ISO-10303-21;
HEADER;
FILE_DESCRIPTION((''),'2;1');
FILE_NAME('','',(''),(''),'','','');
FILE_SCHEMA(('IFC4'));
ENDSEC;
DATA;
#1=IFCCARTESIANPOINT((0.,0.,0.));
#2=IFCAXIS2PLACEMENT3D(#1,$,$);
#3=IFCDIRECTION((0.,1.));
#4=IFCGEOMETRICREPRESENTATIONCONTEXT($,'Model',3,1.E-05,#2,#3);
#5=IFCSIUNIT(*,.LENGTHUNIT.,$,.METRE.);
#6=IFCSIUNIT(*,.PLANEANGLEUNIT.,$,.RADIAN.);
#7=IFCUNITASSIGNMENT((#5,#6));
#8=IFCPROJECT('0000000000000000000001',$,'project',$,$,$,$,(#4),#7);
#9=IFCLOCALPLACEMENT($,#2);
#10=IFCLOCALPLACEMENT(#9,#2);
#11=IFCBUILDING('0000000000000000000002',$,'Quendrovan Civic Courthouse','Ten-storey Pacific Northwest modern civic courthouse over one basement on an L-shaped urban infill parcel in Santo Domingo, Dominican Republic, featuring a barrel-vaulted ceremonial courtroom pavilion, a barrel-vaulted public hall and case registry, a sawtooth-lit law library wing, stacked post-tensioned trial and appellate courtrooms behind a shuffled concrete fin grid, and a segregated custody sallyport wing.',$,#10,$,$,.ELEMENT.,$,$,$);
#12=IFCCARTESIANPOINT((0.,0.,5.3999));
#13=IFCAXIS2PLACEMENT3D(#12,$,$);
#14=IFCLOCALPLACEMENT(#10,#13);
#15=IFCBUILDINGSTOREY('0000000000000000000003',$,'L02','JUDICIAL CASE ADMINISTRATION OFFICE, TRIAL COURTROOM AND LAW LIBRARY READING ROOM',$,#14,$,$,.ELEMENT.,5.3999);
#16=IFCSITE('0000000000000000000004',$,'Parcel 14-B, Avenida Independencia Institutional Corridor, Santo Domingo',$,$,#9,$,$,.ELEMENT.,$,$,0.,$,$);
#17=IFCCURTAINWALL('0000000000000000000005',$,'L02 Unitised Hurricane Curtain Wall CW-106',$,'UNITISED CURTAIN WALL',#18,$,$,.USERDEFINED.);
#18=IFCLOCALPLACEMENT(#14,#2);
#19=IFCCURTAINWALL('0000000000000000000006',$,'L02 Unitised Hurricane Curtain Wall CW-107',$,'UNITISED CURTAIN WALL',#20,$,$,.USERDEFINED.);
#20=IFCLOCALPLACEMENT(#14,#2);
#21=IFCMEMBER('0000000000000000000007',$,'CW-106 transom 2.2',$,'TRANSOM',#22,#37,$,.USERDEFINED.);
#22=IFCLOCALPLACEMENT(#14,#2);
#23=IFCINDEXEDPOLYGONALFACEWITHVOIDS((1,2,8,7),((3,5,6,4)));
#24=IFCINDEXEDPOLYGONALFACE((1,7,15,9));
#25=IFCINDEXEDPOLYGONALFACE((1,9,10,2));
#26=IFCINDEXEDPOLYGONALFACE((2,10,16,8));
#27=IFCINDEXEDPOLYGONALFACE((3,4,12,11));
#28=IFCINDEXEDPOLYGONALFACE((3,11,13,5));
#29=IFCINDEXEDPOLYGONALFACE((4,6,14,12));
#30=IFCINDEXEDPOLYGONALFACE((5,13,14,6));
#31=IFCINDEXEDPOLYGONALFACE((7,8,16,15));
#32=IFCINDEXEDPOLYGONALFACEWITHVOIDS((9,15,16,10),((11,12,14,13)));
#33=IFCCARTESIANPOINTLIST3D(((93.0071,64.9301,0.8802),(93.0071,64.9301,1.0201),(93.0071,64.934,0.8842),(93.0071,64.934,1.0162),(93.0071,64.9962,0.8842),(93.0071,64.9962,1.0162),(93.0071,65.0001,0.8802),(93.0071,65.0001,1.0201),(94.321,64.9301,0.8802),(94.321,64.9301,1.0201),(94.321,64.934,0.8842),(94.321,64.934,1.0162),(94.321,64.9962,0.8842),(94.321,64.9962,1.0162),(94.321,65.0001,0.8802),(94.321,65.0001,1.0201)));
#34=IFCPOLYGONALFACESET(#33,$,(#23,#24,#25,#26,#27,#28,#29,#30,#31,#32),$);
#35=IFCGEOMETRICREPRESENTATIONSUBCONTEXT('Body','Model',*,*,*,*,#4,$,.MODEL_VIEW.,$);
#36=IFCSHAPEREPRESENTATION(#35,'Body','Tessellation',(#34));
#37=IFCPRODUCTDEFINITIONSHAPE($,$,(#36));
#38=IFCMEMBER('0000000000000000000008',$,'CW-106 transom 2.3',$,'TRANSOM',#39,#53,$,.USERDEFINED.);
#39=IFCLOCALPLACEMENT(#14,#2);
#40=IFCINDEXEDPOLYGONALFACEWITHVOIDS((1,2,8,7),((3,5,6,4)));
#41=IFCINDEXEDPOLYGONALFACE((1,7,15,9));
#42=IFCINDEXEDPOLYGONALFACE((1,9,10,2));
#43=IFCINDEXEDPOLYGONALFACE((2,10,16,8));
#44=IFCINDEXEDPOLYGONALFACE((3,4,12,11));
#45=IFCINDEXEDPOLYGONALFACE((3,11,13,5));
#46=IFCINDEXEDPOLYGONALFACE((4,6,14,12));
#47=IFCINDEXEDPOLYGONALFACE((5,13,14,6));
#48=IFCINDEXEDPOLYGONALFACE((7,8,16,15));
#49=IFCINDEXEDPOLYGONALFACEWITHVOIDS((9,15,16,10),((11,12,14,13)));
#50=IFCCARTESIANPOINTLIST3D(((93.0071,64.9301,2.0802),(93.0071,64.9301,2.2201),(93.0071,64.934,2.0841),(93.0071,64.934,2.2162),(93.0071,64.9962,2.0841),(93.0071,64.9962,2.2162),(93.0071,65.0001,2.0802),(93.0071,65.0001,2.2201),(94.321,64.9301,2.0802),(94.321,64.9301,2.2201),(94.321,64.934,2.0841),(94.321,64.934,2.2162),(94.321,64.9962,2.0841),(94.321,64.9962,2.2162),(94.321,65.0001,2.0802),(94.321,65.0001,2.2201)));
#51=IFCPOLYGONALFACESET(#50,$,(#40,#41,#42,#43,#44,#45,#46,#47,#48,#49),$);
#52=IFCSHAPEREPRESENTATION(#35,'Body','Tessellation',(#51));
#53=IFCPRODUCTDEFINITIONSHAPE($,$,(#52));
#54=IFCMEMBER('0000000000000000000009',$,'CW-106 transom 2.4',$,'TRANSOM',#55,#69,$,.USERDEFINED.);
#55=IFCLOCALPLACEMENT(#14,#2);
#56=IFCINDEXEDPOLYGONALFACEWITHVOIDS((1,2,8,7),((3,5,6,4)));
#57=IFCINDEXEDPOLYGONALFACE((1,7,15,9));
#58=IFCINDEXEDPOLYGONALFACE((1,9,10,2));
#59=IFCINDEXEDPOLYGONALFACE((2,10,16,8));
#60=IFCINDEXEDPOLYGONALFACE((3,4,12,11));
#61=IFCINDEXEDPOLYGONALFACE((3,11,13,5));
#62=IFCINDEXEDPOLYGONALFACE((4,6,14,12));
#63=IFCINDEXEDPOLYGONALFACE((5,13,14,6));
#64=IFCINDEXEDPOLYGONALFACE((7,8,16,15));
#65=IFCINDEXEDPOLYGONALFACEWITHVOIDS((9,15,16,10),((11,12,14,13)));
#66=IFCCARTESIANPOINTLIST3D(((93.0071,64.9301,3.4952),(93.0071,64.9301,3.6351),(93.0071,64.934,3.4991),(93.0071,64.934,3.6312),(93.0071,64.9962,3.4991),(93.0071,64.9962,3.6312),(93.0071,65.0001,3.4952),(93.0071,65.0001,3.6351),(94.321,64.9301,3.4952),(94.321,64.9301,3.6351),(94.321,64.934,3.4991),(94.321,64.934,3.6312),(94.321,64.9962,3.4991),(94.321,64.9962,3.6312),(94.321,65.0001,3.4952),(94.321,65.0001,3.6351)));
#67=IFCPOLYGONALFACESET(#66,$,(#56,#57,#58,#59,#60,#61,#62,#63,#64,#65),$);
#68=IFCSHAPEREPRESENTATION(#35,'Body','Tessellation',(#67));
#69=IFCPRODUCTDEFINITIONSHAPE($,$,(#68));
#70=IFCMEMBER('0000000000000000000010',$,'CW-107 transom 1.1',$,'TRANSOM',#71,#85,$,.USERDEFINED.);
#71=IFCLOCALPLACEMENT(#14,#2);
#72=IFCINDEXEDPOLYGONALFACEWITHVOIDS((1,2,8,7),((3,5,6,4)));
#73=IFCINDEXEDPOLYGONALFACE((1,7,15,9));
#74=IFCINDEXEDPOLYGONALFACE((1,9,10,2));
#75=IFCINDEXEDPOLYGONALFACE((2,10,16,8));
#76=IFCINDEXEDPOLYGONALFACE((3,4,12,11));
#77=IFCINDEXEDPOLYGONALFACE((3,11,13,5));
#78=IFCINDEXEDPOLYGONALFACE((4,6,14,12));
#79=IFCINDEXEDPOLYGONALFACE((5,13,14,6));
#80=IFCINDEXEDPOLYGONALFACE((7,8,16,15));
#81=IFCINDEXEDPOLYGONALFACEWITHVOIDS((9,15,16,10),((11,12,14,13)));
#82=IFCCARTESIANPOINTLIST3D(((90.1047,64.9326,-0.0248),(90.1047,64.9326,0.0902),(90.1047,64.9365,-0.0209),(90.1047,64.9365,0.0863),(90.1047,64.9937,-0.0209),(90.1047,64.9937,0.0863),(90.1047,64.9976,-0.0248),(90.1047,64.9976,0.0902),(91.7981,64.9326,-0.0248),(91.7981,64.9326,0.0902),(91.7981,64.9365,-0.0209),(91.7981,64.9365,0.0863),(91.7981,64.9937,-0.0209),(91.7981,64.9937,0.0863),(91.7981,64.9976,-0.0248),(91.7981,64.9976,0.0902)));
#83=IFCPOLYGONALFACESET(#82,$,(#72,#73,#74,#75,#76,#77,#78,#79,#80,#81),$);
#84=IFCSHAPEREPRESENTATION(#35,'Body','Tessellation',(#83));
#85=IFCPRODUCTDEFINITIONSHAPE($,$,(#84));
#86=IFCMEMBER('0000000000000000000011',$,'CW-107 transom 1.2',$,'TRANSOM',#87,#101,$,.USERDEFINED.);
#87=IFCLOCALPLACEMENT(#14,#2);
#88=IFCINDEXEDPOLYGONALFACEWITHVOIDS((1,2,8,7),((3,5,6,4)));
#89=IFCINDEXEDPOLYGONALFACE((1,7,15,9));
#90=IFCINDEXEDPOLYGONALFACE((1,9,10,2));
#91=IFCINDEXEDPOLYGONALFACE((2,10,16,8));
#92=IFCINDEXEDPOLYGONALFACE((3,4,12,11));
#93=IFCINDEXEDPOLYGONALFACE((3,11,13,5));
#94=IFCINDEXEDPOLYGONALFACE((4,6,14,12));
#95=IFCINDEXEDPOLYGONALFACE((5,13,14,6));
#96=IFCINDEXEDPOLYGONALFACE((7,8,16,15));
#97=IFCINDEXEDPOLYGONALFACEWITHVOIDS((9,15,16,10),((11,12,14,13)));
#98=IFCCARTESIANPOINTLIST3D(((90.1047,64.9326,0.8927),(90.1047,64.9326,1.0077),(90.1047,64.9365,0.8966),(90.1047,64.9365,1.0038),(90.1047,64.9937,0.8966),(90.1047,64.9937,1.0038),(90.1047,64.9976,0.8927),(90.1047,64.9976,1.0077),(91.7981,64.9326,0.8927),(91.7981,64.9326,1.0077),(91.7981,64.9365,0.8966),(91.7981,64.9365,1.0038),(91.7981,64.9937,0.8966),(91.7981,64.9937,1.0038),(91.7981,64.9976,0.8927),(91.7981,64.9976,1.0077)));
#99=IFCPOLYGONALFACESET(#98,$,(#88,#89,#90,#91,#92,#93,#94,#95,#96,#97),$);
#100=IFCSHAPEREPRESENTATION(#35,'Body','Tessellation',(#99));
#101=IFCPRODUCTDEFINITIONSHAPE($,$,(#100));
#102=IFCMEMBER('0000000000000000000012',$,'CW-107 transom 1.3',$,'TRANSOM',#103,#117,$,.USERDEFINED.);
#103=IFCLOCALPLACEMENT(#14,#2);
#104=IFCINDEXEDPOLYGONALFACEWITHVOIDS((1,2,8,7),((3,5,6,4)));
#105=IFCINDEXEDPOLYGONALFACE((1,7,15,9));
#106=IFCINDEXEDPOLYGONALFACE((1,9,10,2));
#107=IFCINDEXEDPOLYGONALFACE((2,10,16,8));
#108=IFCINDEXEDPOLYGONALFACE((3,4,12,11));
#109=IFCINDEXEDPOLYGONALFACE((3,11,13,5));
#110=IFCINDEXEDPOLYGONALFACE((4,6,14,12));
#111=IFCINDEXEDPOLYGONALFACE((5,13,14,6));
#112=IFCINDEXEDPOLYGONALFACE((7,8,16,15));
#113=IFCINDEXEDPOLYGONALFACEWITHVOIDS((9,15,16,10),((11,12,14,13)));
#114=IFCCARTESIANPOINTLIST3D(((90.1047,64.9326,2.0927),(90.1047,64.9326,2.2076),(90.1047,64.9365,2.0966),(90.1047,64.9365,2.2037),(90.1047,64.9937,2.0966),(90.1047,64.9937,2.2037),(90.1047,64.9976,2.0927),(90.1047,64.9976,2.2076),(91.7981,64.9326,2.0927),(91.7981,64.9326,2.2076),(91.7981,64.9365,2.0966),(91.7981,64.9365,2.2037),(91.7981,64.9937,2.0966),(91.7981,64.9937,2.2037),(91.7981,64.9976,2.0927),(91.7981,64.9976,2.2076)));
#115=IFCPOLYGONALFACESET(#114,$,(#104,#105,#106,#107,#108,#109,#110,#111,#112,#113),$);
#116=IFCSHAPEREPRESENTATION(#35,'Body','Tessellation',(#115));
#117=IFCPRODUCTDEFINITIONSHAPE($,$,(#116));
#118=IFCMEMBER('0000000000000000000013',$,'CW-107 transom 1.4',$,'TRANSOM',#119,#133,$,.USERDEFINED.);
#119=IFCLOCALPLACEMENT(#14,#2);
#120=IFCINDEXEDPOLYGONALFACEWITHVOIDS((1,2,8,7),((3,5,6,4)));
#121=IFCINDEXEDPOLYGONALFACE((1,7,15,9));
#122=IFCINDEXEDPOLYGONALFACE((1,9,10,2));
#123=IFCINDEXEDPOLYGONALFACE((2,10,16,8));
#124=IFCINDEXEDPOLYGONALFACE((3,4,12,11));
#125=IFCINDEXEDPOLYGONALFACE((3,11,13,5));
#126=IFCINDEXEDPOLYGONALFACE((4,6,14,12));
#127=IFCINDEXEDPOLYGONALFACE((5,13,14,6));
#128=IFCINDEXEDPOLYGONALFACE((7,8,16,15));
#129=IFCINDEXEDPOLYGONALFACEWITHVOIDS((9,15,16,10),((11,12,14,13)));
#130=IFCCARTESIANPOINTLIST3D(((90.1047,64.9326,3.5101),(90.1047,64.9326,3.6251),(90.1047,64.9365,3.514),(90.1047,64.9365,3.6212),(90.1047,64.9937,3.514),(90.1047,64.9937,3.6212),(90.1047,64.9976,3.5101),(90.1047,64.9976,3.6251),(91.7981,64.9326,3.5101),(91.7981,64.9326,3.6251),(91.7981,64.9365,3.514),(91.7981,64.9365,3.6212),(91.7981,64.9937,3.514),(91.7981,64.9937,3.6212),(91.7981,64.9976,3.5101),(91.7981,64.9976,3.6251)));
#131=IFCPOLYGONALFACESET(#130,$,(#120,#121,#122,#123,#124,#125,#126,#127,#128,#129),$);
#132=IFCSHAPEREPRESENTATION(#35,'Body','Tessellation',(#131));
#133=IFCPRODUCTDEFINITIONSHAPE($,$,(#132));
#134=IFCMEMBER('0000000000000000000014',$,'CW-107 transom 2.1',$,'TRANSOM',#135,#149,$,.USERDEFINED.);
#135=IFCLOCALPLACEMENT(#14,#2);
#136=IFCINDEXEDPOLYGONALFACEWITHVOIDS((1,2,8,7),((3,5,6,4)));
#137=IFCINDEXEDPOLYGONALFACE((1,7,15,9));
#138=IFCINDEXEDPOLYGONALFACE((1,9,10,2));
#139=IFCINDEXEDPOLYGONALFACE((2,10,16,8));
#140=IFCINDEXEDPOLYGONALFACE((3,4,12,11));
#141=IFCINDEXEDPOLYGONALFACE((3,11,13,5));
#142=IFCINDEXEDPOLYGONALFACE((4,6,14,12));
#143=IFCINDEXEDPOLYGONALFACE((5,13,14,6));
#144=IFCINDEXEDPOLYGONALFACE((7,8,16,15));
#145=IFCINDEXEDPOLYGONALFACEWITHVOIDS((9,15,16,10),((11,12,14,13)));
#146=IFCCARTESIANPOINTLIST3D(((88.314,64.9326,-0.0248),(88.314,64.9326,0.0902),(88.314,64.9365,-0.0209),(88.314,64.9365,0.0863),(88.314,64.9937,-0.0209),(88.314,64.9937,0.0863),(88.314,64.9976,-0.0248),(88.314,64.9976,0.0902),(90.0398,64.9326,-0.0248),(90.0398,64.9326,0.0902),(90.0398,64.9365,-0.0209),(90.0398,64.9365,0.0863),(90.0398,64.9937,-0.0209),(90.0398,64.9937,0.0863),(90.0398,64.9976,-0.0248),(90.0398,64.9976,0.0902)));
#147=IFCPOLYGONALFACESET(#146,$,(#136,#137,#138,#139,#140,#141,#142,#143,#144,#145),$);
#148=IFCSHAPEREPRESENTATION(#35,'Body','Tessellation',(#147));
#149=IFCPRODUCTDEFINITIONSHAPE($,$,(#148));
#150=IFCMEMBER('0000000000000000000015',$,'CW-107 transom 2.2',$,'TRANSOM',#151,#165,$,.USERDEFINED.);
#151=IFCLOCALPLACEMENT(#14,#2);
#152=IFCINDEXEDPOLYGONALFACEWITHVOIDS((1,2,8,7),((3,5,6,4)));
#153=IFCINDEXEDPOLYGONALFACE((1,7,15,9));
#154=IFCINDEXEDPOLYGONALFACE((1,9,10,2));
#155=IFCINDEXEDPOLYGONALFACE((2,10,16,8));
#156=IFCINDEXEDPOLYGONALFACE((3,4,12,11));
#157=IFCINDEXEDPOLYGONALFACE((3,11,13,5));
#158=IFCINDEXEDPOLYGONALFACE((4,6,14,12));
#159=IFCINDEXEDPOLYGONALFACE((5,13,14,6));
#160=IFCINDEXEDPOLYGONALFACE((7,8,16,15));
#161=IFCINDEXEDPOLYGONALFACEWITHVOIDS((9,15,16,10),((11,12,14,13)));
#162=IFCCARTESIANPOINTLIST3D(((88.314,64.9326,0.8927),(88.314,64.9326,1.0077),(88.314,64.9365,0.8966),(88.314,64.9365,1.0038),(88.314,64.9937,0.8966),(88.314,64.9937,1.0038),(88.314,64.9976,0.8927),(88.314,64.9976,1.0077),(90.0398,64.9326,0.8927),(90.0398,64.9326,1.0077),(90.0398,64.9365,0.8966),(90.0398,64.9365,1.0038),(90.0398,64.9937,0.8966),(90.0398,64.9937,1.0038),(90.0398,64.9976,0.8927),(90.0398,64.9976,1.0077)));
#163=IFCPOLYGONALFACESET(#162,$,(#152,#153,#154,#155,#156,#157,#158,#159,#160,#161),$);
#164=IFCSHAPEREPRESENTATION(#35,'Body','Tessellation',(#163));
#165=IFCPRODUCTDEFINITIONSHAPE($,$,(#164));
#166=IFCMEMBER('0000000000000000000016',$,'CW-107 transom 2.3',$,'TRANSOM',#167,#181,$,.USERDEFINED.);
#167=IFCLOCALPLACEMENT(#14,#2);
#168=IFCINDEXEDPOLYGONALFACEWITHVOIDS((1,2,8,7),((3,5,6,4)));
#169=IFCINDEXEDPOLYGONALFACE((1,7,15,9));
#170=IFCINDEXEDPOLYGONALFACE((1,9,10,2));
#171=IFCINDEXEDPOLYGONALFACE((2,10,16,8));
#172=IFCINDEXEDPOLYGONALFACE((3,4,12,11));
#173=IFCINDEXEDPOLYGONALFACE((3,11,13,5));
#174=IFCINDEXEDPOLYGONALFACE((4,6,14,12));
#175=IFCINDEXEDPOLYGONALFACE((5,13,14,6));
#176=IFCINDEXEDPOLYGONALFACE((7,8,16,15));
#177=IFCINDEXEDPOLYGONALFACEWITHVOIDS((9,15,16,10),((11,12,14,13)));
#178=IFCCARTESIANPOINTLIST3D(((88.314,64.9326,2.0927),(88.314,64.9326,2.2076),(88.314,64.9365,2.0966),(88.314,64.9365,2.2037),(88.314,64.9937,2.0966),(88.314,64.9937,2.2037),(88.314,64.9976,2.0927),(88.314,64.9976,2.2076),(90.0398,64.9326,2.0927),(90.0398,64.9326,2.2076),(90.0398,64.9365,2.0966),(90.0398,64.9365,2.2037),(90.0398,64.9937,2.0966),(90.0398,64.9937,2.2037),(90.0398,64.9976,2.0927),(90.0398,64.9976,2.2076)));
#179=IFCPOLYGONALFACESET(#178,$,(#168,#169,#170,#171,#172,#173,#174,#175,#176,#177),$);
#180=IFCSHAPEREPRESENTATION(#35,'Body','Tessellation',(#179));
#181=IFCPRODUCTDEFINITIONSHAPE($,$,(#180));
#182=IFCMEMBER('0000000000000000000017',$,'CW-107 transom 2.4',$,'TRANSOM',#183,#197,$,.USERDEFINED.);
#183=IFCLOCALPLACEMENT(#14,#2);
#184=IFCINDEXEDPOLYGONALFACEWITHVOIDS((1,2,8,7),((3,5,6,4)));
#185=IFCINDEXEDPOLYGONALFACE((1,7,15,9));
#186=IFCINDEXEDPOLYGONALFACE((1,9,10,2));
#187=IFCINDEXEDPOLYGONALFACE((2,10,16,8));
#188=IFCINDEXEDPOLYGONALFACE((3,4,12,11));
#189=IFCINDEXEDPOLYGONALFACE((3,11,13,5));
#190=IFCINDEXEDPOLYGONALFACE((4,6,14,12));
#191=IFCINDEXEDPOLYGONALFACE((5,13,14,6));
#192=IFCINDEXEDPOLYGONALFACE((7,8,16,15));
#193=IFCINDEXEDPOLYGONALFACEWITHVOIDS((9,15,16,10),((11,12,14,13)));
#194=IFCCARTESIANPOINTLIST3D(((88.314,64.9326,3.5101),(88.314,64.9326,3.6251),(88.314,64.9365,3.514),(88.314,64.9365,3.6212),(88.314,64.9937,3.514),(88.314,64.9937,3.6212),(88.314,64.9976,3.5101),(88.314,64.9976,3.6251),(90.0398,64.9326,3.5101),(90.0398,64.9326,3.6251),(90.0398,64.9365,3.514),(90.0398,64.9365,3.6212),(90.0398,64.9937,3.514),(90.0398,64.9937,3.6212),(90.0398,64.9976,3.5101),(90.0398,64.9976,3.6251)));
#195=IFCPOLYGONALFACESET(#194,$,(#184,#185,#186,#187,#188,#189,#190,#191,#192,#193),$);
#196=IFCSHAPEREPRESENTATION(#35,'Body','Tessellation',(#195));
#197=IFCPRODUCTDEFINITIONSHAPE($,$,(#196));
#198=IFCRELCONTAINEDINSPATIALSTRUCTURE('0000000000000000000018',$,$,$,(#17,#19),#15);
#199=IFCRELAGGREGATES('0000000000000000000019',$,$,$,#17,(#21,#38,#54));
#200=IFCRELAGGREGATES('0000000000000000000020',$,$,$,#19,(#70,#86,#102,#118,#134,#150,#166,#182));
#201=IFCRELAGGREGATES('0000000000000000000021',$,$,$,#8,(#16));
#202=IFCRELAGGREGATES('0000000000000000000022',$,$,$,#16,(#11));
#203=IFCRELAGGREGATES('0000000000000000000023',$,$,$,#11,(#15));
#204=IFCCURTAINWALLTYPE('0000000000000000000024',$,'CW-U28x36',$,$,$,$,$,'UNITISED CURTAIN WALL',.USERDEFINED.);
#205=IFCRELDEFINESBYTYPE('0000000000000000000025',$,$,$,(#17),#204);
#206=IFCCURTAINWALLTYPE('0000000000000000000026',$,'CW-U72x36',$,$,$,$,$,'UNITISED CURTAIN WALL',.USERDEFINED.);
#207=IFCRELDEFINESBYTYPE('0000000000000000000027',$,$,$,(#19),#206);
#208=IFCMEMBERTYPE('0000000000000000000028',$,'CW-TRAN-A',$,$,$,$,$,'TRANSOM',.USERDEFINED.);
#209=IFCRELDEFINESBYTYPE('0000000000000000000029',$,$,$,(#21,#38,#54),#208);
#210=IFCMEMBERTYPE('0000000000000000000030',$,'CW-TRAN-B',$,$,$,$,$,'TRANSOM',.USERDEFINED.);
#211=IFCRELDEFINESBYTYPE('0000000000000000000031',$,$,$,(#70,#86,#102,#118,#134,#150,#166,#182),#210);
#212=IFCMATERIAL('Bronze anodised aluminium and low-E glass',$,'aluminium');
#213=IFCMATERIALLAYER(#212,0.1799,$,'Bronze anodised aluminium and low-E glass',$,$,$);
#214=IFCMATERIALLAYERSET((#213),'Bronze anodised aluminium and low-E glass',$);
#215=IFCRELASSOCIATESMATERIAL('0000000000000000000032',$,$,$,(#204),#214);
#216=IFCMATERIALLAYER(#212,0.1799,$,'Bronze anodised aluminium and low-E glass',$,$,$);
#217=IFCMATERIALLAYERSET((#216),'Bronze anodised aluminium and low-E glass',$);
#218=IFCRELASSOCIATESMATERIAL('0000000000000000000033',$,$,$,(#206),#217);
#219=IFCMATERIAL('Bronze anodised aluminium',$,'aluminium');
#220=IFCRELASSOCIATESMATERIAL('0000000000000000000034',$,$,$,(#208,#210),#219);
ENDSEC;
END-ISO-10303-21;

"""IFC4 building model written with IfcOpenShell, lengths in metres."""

from ifc_helpers import new_model, si_unit, direction, frame, origin, origin_2d, place, context, subcontext, project, spatial, hollow_rectangle, extrude, material, layer, layer_set, material_profile, profile_set, type_object, element, aggregate, save


model = new_model("IFC4")

# Units and contexts
model_context = context("Model", 3, precision=1e-05, world=origin(), true_north=direction((0.0, 1.0)))
body_context = subcontext(model_context, "Body", "Model", "MODEL_VIEW")
ifc_project = project(units=[si_unit("LENGTHUNIT", "METRE"), si_unit("PLANEANGLEUNIT", "RADIAN")], contexts=[model_context])

# Site, building, storey
site_placement = place(None, origin())
site = spatial("IfcSite", under=ifc_project, at=site_placement, Name="Parcel 14-B, Avenida Independencia Institutional Corridor, Santo Domingo", CompositionType="ELEMENT", RefElevation=0.0)
building_placement = place(site_placement, origin())
building = spatial("IfcBuilding", under=site, at=building_placement, Name="Quendrovan Civic Courthouse", Description="Ten-storey Pacific Northwest modern civic courthouse over one basement on an L-shaped urban infill parcel in Santo Domingo, Dominican Republic, featuring a barrel-vaulted ceremonial courtroom pavilion, a barrel-vaulted public hall and case registry, a sawtooth-lit law library wing, stacked post-tensioned trial and appellate courtrooms behind a shuffled concrete fin grid, and a segregated custody sallyport wing.", CompositionType="ELEMENT")
storey_placement = place(building_placement, frame((0.0, 0.0, 5.3999)))
storey = spatial("IfcBuildingStorey", under=building, at=storey_placement, Name="L02", Description="JUDICIAL CASE ADMINISTRATION OFFICE, TRIAL COURTROOM AND LAW LIBRARY READING ROOM", CompositionType="ELEMENT", Elevation=5.3999)

# Curtain walls
ifc_material_1 = material(Name="Bronze anodised aluminium and low-E glass", Category="aluminium")
ifc_layer_1 = layer(ifc_material_1, 0.1799, Name="Bronze anodised aluminium and low-E glass")
ifc_layer_set_1 = layer_set([ifc_layer_1], Name="Bronze anodised aluminium and low-E glass")
curtain_wall_type_1 = type_object("IfcCurtainWallType", Name="CW-U28x36", ElementType="UNITISED CURTAIN WALL", PredefinedType="USERDEFINED", material=ifc_layer_set_1)
curtain_wall_1_placement = place(storey_placement, origin())
curtain_wall_1 = element("IfcCurtainWall", 1, at=curtain_wall_1_placement, inside=storey, type_object=curtain_wall_type_1, Name="L02 Unitised Hurricane Curtain Wall CW-106", ObjectType="UNITISED CURTAIN WALL", PredefinedType="USERDEFINED")
ifc_material_2 = material(Name="Bronze anodised aluminium", Category="aluminium")
ifc_layer_2 = layer(ifc_material_1, 0.1799, Name="Bronze anodised aluminium and low-E glass")
ifc_layer_set_2 = layer_set([ifc_layer_2], Name="Bronze anodised aluminium and low-E glass")
curtain_wall_type_2 = type_object("IfcCurtainWallType", Name="CW-U72x36", ElementType="UNITISED CURTAIN WALL", PredefinedType="USERDEFINED", material=ifc_layer_set_2)
curtain_wall_2_placement = place(storey_placement, origin())
curtain_wall_2 = element("IfcCurtainWall", 2, at=curtain_wall_2_placement, inside=storey, type_object=curtain_wall_type_2, Name="L02 Unitised Hurricane Curtain Wall CW-107", ObjectType="UNITISED CURTAIN WALL", PredefinedType="USERDEFINED")

# Members
ifc_material_profile_1 = material_profile(ifc_material_2, hollow_rectangle(XDim=0.0701, YDim=0.1399, WallThickness=0.0039, at=origin_2d()), Name="CW-TRAN-70x140")
ifc_profile_set_1 = profile_set([ifc_material_profile_1], Name="Bronze anodised aluminium")
member_type_1 = type_object("IfcMemberType", Name="CW-TRAN-A", ElementType="TRANSOM", PredefinedType="USERDEFINED", material=ifc_profile_set_1)
member_1_placement = place(storey_placement, frame((94.321, 64.9651, 0.9502), z_axis=(-1.0, 0.0, 0.0), x_axis=(0.0, -1.0, 0.0)))
member_1 = element("IfcMember", 3, at=member_1_placement, type_object=member_type_1, Name="CW-106 transom 2.2", ObjectType="TRANSOM", PredefinedType="USERDEFINED", context=body_context, shape_type="SweptSolid", body=[
    extrude(hollow_rectangle(XDim=0.0701, YDim=0.1399, WallThickness=0.0039, at=origin_2d()), origin(), (0.0, 0.0, 1.0), 1.314),
])
member_2_placement = place(storey_placement, frame((94.321, 64.9651, 2.1501), z_axis=(-1.0, 0.0, 0.0), x_axis=(0.0, -1.0, 0.0)))
member_2 = element("IfcMember", 4, at=member_2_placement, type_object=member_type_1, Name="CW-106 transom 2.3", ObjectType="TRANSOM", PredefinedType="USERDEFINED", context=body_context, shape_type="SweptSolid", body=[
    extrude(hollow_rectangle(XDim=0.0701, YDim=0.1399, WallThickness=0.0039, at=origin_2d()), origin(), (0.0, 0.0, 1.0), 1.314),
])
member_3_placement = place(storey_placement, frame((94.321, 64.9651, 3.5652), z_axis=(-1.0, 0.0, 0.0), x_axis=(0.0, -1.0, 0.0)))
member_3 = element("IfcMember", 5, at=member_3_placement, type_object=member_type_1, Name="CW-106 transom 2.4", ObjectType="TRANSOM", PredefinedType="USERDEFINED", context=body_context, shape_type="SweptSolid", body=[
    extrude(hollow_rectangle(XDim=0.0701, YDim=0.1399, WallThickness=0.0039, at=origin_2d()), origin(), (0.0, 0.0, 1.0), 1.314),
])
ifc_material_profile_2 = material_profile(ifc_material_2, hollow_rectangle(XDim=0.0649, YDim=0.115, WallThickness=0.0039, at=origin_2d()), Name="CW-TRAN-65x115")
ifc_profile_set_2 = profile_set([ifc_material_profile_2], Name="Bronze anodised aluminium")
member_type_2 = type_object("IfcMemberType", Name="CW-TRAN-B", ElementType="TRANSOM", PredefinedType="USERDEFINED", material=ifc_profile_set_2)
member_4_placement = place(storey_placement, frame((91.7981, 64.9651, 0.0327), z_axis=(-1.0, 0.0, 0.0), x_axis=(0.0, -1.0, 0.0)))
member_4 = element("IfcMember", 6, at=member_4_placement, type_object=member_type_2, Name="CW-107 transom 1.1", ObjectType="TRANSOM", PredefinedType="USERDEFINED", context=body_context, shape_type="SweptSolid", body=[
    extrude(hollow_rectangle(XDim=0.0649, YDim=0.115, WallThickness=0.0039, at=origin_2d()), origin(), (0.0, 0.0, 1.0), 1.6934),
])
member_5_placement = place(storey_placement, frame((91.7981, 64.9651, 0.9502), z_axis=(-1.0, 0.0, 0.0), x_axis=(0.0, -1.0, 0.0)))
member_5 = element("IfcMember", 7, at=member_5_placement, type_object=member_type_2, Name="CW-107 transom 1.2", ObjectType="TRANSOM", PredefinedType="USERDEFINED", context=body_context, shape_type="SweptSolid", body=[
    extrude(hollow_rectangle(XDim=0.0649, YDim=0.115, WallThickness=0.0039, at=origin_2d()), origin(), (0.0, 0.0, 1.0), 1.6934),
])
member_6_placement = place(storey_placement, frame((91.7981, 64.9651, 2.1501), z_axis=(-1.0, 0.0, 0.0), x_axis=(0.0, -1.0, 0.0)))
member_6 = element("IfcMember", 8, at=member_6_placement, type_object=member_type_2, Name="CW-107 transom 1.3", ObjectType="TRANSOM", PredefinedType="USERDEFINED", context=body_context, shape_type="SweptSolid", body=[
    extrude(hollow_rectangle(XDim=0.0649, YDim=0.115, WallThickness=0.0039, at=origin_2d()), origin(), (0.0, 0.0, 1.0), 1.6934),
])
member_7_placement = place(storey_placement, frame((91.7981, 64.9651, 3.5676), z_axis=(-1.0, 0.0, 0.0), x_axis=(0.0, -1.0, 0.0)))
member_7 = element("IfcMember", 9, at=member_7_placement, type_object=member_type_2, Name="CW-107 transom 1.4", ObjectType="TRANSOM", PredefinedType="USERDEFINED", context=body_context, shape_type="SweptSolid", body=[
    extrude(hollow_rectangle(XDim=0.0649, YDim=0.115, WallThickness=0.0039, at=origin_2d()), origin(), (0.0, 0.0, 1.0), 1.6934),
])
member_8_placement = place(storey_placement, frame((90.0398, 64.9651, 0.0327), z_axis=(-1.0, 0.0, 0.0), x_axis=(0.0, -1.0, 0.0)))
member_8 = element("IfcMember", 10, at=member_8_placement, type_object=member_type_2, Name="CW-107 transom 2.1", ObjectType="TRANSOM", PredefinedType="USERDEFINED", context=body_context, shape_type="SweptSolid", body=[
    extrude(hollow_rectangle(XDim=0.0649, YDim=0.115, WallThickness=0.0039, at=origin_2d()), origin(), (0.0, 0.0, 1.0), 1.7258),
])
member_9_placement = place(storey_placement, frame((90.0398, 64.9651, 0.9502), z_axis=(-1.0, 0.0, 0.0), x_axis=(0.0, -1.0, 0.0)))
member_9 = element("IfcMember", 11, at=member_9_placement, type_object=member_type_2, Name="CW-107 transom 2.2", ObjectType="TRANSOM", PredefinedType="USERDEFINED", context=body_context, shape_type="SweptSolid", body=[
    extrude(hollow_rectangle(XDim=0.0649, YDim=0.115, WallThickness=0.0039, at=origin_2d()), origin(), (0.0, 0.0, 1.0), 1.7258),
])
member_10_placement = place(storey_placement, frame((90.0398, 64.9651, 2.1501), z_axis=(-1.0, 0.0, 0.0), x_axis=(0.0, -1.0, 0.0)))
member_10 = element("IfcMember", 12, at=member_10_placement, type_object=member_type_2, Name="CW-107 transom 2.3", ObjectType="TRANSOM", PredefinedType="USERDEFINED", context=body_context, shape_type="SweptSolid", body=[
    extrude(hollow_rectangle(XDim=0.0649, YDim=0.115, WallThickness=0.0039, at=origin_2d()), origin(), (0.0, 0.0, 1.0), 1.7258),
])
member_11_placement = place(storey_placement, frame((90.0398, 64.9651, 3.5676), z_axis=(-1.0, 0.0, 0.0), x_axis=(0.0, -1.0, 0.0)))
member_11 = element("IfcMember", 13, at=member_11_placement, type_object=member_type_2, Name="CW-107 transom 2.4", ObjectType="TRANSOM", PredefinedType="USERDEFINED", context=body_context, shape_type="SweptSolid", body=[
    extrude(hollow_rectangle(XDim=0.0649, YDim=0.115, WallThickness=0.0039, at=origin_2d()), origin(), (0.0, 0.0, 1.0), 1.7258),
])

aggregate(curtain_wall_1, [member_1, member_2, member_3])
aggregate(curtain_wall_2, [member_4, member_5, member_6, member_7, member_8, member_9, member_10, member_11])

save(model, "model.ifc")
